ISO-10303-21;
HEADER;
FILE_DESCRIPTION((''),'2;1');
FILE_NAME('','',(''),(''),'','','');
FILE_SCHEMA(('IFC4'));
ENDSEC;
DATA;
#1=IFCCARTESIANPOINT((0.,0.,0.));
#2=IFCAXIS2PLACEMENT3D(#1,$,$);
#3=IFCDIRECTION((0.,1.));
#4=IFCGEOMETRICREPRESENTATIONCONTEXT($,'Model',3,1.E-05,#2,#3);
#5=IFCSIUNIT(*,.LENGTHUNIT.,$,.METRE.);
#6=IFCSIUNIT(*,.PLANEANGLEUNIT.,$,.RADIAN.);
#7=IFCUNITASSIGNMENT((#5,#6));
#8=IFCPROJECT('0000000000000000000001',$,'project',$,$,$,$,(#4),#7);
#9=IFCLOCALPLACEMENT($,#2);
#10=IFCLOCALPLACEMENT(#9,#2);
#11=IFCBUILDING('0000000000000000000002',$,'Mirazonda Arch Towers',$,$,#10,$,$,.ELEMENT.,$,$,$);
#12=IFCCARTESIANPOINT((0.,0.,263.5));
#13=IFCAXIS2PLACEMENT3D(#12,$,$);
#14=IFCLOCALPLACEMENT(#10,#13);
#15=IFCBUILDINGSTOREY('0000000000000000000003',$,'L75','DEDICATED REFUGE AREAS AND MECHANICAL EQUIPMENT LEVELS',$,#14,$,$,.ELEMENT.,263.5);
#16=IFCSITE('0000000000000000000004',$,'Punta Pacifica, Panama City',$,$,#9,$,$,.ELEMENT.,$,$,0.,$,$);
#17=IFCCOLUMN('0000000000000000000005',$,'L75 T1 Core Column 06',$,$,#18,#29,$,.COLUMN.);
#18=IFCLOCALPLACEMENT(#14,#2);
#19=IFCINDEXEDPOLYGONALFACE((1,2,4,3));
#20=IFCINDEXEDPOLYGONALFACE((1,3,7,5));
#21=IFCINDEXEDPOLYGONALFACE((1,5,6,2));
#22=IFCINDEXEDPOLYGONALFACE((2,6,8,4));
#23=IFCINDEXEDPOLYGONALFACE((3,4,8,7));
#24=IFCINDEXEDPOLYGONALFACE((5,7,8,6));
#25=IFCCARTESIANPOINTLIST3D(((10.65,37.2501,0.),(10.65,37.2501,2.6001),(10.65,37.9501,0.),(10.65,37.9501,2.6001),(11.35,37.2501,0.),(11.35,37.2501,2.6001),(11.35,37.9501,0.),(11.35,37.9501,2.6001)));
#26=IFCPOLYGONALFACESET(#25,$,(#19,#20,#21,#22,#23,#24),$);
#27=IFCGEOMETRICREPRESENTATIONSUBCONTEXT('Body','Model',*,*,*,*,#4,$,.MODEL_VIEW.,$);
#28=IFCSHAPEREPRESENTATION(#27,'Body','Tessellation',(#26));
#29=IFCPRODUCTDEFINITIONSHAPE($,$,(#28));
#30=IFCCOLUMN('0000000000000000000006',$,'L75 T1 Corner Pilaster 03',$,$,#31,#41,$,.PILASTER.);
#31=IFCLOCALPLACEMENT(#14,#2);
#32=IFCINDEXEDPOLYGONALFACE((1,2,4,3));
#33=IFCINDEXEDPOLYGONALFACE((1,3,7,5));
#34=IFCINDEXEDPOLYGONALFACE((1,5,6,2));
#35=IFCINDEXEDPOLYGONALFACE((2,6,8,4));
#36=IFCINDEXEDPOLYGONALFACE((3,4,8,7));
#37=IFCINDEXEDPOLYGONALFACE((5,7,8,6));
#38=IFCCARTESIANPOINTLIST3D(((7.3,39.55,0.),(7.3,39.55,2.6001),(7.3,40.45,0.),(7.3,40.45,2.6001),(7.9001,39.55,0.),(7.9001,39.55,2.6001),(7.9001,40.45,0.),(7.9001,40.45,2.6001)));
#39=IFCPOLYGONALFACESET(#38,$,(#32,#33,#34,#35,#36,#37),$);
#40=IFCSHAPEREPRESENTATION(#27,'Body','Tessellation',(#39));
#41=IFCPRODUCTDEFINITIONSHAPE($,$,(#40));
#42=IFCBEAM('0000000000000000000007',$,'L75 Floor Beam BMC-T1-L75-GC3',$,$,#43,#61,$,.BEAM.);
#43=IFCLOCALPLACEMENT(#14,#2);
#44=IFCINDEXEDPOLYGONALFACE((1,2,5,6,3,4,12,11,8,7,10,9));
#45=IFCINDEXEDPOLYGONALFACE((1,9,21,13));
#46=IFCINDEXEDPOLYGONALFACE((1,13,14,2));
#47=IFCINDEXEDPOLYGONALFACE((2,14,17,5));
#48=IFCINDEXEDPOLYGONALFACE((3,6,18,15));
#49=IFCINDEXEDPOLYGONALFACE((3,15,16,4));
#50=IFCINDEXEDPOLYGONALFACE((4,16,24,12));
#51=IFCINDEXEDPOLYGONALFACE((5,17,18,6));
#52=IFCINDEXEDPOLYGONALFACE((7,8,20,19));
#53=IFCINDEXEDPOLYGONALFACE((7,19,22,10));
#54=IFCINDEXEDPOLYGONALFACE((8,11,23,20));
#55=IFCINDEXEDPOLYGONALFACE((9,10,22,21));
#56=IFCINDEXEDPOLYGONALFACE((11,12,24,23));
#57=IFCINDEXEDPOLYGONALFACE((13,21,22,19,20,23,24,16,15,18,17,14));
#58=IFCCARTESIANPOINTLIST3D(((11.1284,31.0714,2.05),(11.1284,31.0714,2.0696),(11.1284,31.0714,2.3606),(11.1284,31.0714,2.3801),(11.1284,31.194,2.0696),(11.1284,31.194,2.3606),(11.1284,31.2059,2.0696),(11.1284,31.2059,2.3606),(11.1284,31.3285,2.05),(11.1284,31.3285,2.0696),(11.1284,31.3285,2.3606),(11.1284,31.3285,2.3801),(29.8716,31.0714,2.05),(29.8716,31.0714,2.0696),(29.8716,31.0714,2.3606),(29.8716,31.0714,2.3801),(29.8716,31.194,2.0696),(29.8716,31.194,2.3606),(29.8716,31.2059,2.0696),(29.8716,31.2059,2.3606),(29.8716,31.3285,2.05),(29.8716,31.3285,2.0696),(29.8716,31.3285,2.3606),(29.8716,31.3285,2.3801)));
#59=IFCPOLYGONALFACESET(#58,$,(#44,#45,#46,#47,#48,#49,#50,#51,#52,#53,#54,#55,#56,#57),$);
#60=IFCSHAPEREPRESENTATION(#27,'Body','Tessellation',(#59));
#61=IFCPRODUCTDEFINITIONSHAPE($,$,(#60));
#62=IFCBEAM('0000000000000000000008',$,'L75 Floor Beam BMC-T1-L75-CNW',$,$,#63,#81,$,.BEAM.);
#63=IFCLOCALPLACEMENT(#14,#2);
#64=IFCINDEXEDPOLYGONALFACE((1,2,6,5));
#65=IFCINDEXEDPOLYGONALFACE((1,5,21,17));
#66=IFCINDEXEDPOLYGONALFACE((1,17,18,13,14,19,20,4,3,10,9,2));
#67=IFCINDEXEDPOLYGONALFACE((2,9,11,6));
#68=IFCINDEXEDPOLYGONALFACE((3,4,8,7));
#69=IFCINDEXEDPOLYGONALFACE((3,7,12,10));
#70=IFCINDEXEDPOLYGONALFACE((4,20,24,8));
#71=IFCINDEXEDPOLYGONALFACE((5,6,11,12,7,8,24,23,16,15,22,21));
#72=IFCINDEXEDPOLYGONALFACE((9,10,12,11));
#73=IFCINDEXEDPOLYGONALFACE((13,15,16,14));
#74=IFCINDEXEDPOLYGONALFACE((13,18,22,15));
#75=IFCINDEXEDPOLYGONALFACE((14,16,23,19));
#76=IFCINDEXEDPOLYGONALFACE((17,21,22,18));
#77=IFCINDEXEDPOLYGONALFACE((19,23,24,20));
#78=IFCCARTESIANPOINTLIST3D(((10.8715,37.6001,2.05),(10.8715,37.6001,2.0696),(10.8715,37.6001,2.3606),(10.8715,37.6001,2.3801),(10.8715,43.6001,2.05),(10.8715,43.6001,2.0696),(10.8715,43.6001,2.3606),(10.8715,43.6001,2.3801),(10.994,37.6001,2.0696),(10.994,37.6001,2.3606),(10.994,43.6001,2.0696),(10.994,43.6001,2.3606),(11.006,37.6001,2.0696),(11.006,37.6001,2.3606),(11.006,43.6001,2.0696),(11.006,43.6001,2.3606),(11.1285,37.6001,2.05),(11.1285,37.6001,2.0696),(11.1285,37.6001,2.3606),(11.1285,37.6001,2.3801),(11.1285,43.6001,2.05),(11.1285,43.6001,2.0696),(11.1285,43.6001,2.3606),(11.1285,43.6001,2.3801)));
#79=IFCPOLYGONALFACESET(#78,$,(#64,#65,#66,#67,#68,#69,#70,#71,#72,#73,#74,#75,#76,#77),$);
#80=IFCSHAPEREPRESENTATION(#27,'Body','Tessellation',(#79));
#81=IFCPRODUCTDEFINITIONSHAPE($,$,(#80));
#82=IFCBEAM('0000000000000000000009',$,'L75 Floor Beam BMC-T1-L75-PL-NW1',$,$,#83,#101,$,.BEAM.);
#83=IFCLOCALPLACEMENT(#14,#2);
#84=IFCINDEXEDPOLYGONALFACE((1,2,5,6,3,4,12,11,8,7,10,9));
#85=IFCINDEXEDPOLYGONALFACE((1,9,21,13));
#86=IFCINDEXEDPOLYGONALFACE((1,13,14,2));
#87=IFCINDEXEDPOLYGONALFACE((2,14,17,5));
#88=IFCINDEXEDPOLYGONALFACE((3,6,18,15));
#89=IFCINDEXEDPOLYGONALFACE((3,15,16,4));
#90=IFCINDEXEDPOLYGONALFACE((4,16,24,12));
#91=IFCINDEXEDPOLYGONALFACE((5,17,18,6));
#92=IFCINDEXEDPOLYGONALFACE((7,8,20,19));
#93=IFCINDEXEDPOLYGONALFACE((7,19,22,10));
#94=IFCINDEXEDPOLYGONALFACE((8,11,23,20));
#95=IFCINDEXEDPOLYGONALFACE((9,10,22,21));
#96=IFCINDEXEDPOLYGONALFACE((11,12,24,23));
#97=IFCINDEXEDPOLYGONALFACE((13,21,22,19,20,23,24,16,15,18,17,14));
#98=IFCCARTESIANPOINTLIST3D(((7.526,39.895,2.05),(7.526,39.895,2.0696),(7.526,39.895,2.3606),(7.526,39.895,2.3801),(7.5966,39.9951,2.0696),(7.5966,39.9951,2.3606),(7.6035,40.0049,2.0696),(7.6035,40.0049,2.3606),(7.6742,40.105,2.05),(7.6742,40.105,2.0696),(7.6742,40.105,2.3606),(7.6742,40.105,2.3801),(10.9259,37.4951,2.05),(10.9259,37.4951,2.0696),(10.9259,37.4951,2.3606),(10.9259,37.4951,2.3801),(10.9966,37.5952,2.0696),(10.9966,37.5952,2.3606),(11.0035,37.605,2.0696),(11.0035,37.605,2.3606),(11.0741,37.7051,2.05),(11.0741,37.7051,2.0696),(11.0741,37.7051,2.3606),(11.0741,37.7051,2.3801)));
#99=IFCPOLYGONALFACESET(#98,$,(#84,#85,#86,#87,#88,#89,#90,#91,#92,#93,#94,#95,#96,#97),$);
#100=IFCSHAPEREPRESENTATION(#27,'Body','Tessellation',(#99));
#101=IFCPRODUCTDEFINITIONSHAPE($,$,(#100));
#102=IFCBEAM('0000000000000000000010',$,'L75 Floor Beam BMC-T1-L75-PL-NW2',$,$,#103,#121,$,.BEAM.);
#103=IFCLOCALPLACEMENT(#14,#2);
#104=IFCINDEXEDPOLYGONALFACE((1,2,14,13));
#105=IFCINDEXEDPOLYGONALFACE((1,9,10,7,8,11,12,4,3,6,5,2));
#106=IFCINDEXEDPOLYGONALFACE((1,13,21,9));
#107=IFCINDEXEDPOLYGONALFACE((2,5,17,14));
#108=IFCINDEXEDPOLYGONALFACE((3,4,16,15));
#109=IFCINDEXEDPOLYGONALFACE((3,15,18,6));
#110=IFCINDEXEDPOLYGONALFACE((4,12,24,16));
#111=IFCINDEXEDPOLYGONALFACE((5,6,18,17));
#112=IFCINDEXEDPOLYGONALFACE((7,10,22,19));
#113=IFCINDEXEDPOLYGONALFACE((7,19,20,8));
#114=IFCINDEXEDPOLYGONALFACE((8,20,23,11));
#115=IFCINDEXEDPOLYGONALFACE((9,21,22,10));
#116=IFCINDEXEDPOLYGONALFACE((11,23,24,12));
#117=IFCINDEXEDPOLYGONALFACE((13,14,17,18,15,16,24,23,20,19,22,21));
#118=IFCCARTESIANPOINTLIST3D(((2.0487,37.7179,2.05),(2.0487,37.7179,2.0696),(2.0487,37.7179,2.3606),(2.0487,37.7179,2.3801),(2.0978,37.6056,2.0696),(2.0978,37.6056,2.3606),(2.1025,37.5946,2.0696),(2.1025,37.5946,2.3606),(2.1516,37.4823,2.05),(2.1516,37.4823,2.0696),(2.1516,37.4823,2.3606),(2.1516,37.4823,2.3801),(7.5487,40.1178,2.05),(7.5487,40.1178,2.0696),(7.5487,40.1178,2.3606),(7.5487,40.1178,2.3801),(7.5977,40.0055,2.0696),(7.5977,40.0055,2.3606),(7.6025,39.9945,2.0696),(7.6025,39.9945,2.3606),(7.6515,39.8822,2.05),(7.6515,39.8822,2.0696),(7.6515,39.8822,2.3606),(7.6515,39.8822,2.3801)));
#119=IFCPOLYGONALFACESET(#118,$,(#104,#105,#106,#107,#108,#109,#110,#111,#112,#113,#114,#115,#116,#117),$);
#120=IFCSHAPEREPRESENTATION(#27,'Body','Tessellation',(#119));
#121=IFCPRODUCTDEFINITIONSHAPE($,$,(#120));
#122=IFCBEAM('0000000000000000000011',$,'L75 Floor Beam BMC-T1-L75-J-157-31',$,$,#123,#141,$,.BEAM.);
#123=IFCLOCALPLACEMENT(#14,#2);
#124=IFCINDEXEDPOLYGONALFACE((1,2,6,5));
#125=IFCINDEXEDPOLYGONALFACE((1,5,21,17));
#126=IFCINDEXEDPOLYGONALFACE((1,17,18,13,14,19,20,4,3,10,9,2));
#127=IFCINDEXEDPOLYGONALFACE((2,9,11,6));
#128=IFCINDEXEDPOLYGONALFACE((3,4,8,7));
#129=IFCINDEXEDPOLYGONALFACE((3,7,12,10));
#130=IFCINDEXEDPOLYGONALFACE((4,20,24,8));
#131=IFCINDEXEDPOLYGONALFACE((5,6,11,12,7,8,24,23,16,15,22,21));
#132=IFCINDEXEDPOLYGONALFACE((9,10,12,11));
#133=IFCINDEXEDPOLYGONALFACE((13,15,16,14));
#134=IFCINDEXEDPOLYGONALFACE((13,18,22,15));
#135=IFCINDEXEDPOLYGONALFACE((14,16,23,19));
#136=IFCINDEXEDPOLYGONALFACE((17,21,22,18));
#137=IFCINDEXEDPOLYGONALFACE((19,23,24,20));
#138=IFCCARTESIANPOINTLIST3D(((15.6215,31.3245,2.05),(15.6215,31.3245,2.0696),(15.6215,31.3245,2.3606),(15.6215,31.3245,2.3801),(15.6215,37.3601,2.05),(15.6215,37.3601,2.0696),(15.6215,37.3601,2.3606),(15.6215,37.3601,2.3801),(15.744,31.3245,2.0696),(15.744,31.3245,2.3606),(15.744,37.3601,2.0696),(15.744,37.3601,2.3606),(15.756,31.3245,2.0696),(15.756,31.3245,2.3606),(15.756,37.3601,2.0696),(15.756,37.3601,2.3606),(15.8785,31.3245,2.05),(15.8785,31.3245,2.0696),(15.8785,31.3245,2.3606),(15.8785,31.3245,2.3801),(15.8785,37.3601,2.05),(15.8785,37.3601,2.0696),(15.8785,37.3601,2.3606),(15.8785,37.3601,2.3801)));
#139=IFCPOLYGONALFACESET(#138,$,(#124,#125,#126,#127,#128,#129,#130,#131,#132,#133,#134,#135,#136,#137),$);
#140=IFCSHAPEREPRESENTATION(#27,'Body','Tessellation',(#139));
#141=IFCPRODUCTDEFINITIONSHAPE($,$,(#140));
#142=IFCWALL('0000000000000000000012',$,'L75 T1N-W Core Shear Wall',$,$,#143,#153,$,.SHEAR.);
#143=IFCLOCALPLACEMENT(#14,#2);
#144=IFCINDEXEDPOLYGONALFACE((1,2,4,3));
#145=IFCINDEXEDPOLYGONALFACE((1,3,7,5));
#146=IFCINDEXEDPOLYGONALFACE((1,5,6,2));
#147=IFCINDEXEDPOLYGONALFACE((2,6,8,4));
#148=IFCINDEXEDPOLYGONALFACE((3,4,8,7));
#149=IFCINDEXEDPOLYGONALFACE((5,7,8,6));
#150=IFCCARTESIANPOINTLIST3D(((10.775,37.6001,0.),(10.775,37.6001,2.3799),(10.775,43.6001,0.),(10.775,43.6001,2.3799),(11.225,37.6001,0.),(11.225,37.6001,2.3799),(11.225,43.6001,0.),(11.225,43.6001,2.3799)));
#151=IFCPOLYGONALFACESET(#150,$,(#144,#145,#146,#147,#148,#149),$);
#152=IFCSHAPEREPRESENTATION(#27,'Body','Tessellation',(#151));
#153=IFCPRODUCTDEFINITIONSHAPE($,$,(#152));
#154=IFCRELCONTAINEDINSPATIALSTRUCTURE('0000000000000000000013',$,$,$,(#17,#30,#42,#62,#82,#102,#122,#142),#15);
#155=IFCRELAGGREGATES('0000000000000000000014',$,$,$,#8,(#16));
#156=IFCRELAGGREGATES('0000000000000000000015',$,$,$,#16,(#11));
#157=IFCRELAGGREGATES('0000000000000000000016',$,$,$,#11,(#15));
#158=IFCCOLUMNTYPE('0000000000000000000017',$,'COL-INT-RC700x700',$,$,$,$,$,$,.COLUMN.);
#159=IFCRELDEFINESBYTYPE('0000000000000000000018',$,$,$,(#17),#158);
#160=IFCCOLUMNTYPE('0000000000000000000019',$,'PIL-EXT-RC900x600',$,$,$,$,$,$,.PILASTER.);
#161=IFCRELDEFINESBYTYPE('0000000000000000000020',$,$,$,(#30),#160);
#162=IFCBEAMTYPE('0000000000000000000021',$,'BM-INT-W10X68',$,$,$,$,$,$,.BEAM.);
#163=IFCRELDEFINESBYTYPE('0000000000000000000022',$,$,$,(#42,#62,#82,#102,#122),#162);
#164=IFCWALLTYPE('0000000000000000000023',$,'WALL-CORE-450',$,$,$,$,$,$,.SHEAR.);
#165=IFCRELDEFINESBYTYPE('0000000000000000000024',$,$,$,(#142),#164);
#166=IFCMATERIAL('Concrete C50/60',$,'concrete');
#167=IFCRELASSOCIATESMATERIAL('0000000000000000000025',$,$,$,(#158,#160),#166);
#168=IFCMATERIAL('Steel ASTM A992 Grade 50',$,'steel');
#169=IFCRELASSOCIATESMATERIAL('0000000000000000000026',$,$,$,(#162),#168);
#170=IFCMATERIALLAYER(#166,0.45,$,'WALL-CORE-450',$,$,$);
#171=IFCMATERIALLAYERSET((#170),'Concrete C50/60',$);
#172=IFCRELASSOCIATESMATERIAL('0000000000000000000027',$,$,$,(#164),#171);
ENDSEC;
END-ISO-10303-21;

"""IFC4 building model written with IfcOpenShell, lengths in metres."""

from ifc_helpers import new_model, si_unit, direction, frame, frame_2d, origin, origin_2d, place, context, subcontext, project, spatial, rectangle, i_section, extrude, material, layer, layer_set, material_profile, profile_set, type_object, element, save


model = new_model("IFC4")

# Units and contexts
model_context = context("Model", 3, precision=1e-05, world=origin(), true_north=direction((0.0, 1.0)))
body_context = subcontext(model_context, "Body", "Model", "MODEL_VIEW")
ifc_project = project(units=[si_unit("LENGTHUNIT", "METRE"), si_unit("PLANEANGLEUNIT", "RADIAN")], contexts=[model_context])

# Site, building, storey
site_placement = place(None, origin())
site = spatial("IfcSite", under=ifc_project, at=site_placement, Name="Punta Pacifica, Panama City", CompositionType="ELEMENT", RefElevation=0.0)
building_placement = place(site_placement, origin())
building = spatial("IfcBuilding", under=site, at=building_placement, Name="Mirazonda Arch Towers", CompositionType="ELEMENT")
storey_placement = place(building_placement, frame((0.0, 0.0, 263.5)))
storey = spatial("IfcBuildingStorey", under=building, at=storey_placement, Name="L75", Description="DEDICATED REFUGE AREAS AND MECHANICAL EQUIPMENT LEVELS", CompositionType="ELEMENT", Elevation=263.5)

# Columns
ifc_material_1 = material(Name="Concrete C50/60", Category="concrete")
ifc_material_profile_1 = material_profile(ifc_material_1, rectangle(XDim=0.7, YDim=0.7, at=origin_2d()), Name="RC700x700")
ifc_profile_set_1 = profile_set([ifc_material_profile_1], Name="Concrete C50/60")
column_type_1 = type_object("IfcColumnType", Name="COL-INT-RC700x700", PredefinedType="COLUMN", material=ifc_profile_set_1)
column_1_placement = place(storey_placement, frame((11.0, 37.6001, 0.0), z_axis=(0.0, 0.0, 1.0), x_axis=(1.0, 0.0, 0.0)))
element("IfcColumn", 1, at=column_1_placement, inside=storey, type_object=column_type_1, Name="L75 T1 Core Column 06", PredefinedType="COLUMN", context=body_context, shape_type="SweptSolid", body=[
    extrude(rectangle(XDim=0.7, YDim=0.7, at=origin_2d()), origin(), (0.0, 0.0, 1.0), 2.6001),
])
ifc_material_profile_2 = material_profile(ifc_material_1, rectangle(XDim=0.6001, YDim=0.8999, at=origin_2d()), Name="RC900x600")
ifc_profile_set_2 = profile_set([ifc_material_profile_2], Name="Concrete C50/60")
column_type_2 = type_object("IfcColumnType", Name="PIL-EXT-RC900x600", PredefinedType="PILASTER", material=ifc_profile_set_2)
column_2_placement = place(storey_placement, frame((7.6001, 40.0, 0.0), z_axis=(0.0, 0.0, 1.0), x_axis=(1.0, 0.0, 0.0)))
element("IfcColumn", 2, at=column_2_placement, inside=storey, type_object=column_type_2, Name="L75 T1 Corner Pilaster 03", PredefinedType="PILASTER", context=body_context, shape_type="SweptSolid", body=[
    extrude(rectangle(XDim=0.6001, YDim=0.8999, at=origin_2d()), origin(), (0.0, 0.0, 1.0), 2.6001),
])

# Beams
ifc_material_2 = material(Name="Steel ASTM A992 Grade 50", Category="steel")
ifc_material_profile_3 = material_profile(ifc_material_2, i_section(OverallWidth=0.2571, OverallDepth=0.3301, WebThickness=0.012, FlangeThickness=0.0195, at=origin_2d()), Name="W10X68")
ifc_profile_set_3 = profile_set([ifc_material_profile_3], Name="Steel ASTM A992 Grade 50")
beam_type = type_object("IfcBeamType", Name="BM-INT-W10X68", PredefinedType="BEAM", material=ifc_profile_set_3)
beam_1_placement = place(storey_placement, frame((11.1284, 31.2, 2.2151), z_axis=(1.0, 0.0, 0.0), x_axis=(0.0, 1.0, 0.0)))
element("IfcBeam", 3, at=beam_1_placement, inside=storey, type_object=beam_type, Name="L75 Floor Beam BMC-T1-L75-GC3", PredefinedType="BEAM", context=body_context, shape_type="SweptSolid", body=[
    extrude(i_section(OverallWidth=0.2571, OverallDepth=0.3301, WebThickness=0.012, FlangeThickness=0.0195, at=origin_2d()), origin(), (0.0, 0.0, 1.0), 18.7432),
])
beam_2_placement = place(storey_placement, frame((11.0, 37.6001, 2.2151), z_axis=(0.0, 1.0, 0.0), x_axis=(-1.0, 0.0, 0.0)))
element("IfcBeam", 4, at=beam_2_placement, inside=storey, type_object=beam_type, Name="L75 Floor Beam BMC-T1-L75-CNW", PredefinedType="BEAM", context=body_context, shape_type="SweptSolid", body=[
    extrude(i_section(OverallWidth=0.2571, OverallDepth=0.3301, WebThickness=0.012, FlangeThickness=0.0195, at=origin_2d()), origin(), (0.0, 0.0, 1.0), 6.0),
])
beam_3_placement = place(storey_placement, frame((7.6001, 40.0, 2.2151), z_axis=(0.816971, -0.576679, 0.0), x_axis=(0.576679, 0.816971, 0.0)))
element("IfcBeam", 5, at=beam_3_placement, inside=storey, type_object=beam_type, Name="L75 Floor Beam BMC-T1-L75-PL-NW1", PredefinedType="BEAM", context=body_context, shape_type="SweptSolid", body=[
    extrude(i_section(OverallWidth=0.2571, OverallDepth=0.3301, WebThickness=0.012, FlangeThickness=0.0195, at=origin_2d()), origin(), (0.0, 0.0, 1.0), 4.1616),
])
beam_4_placement = place(storey_placement, frame((7.6001, 40.0, 2.2151), z_axis=(-0.916545, -0.399931, 0.0), x_axis=(0.399931, -0.916545, 0.0)))
element("IfcBeam", 6, at=beam_4_placement, inside=storey, type_object=beam_type, Name="L75 Floor Beam BMC-T1-L75-PL-NW2", PredefinedType="BEAM", context=body_context, shape_type="SweptSolid", body=[
    extrude(i_section(OverallWidth=0.2571, OverallDepth=0.3301, WebThickness=0.012, FlangeThickness=0.0195, at=origin_2d()), origin(), (0.0, 0.0, 1.0), 6.0007),
])
beam_5_placement = place(storey_placement, frame((15.75, 31.3245, 2.2151), z_axis=(0.0, 1.0, 0.0), x_axis=(-1.0, 0.0, 0.0)))
element("IfcBeam", 7, at=beam_5_placement, inside=storey, type_object=beam_type, Name="L75 Floor Beam BMC-T1-L75-J-157-31", PredefinedType="BEAM", context=body_context, shape_type="SweptSolid", body=[
    extrude(i_section(OverallWidth=0.2571, OverallDepth=0.3301, WebThickness=0.012, FlangeThickness=0.0195, at=origin_2d()), origin(), (0.0, 0.0, 1.0), 6.0356),
])

# Wall
ifc_layer_1 = layer(ifc_material_1, 0.45, Name="WALL-CORE-450")
ifc_layer_set_1 = layer_set([ifc_layer_1], Name="Concrete C50/60")
wall_type_1 = type_object("IfcWallType", Name="WALL-CORE-450", PredefinedType="SHEAR", material=ifc_layer_set_1)
wall_1_placement = place(storey_placement, frame((11.0, 37.6001, 0.0), z_axis=(0.0, 0.0, 1.0), x_axis=(0.0, 1.0, 0.0)))
element("IfcWall", 8, at=wall_1_placement, inside=storey, type_object=wall_type_1, Name="L75 T1N-W Core Shear Wall", PredefinedType="SHEAR", context=body_context, shape_type="SweptSolid", body=[
    extrude(rectangle(XDim=6.0, YDim=0.45, at=frame_2d((3.0, 0.0))), origin(), (0.0, 0.0, 1.0), 2.3799),
])

save(model, "model.ifc")
